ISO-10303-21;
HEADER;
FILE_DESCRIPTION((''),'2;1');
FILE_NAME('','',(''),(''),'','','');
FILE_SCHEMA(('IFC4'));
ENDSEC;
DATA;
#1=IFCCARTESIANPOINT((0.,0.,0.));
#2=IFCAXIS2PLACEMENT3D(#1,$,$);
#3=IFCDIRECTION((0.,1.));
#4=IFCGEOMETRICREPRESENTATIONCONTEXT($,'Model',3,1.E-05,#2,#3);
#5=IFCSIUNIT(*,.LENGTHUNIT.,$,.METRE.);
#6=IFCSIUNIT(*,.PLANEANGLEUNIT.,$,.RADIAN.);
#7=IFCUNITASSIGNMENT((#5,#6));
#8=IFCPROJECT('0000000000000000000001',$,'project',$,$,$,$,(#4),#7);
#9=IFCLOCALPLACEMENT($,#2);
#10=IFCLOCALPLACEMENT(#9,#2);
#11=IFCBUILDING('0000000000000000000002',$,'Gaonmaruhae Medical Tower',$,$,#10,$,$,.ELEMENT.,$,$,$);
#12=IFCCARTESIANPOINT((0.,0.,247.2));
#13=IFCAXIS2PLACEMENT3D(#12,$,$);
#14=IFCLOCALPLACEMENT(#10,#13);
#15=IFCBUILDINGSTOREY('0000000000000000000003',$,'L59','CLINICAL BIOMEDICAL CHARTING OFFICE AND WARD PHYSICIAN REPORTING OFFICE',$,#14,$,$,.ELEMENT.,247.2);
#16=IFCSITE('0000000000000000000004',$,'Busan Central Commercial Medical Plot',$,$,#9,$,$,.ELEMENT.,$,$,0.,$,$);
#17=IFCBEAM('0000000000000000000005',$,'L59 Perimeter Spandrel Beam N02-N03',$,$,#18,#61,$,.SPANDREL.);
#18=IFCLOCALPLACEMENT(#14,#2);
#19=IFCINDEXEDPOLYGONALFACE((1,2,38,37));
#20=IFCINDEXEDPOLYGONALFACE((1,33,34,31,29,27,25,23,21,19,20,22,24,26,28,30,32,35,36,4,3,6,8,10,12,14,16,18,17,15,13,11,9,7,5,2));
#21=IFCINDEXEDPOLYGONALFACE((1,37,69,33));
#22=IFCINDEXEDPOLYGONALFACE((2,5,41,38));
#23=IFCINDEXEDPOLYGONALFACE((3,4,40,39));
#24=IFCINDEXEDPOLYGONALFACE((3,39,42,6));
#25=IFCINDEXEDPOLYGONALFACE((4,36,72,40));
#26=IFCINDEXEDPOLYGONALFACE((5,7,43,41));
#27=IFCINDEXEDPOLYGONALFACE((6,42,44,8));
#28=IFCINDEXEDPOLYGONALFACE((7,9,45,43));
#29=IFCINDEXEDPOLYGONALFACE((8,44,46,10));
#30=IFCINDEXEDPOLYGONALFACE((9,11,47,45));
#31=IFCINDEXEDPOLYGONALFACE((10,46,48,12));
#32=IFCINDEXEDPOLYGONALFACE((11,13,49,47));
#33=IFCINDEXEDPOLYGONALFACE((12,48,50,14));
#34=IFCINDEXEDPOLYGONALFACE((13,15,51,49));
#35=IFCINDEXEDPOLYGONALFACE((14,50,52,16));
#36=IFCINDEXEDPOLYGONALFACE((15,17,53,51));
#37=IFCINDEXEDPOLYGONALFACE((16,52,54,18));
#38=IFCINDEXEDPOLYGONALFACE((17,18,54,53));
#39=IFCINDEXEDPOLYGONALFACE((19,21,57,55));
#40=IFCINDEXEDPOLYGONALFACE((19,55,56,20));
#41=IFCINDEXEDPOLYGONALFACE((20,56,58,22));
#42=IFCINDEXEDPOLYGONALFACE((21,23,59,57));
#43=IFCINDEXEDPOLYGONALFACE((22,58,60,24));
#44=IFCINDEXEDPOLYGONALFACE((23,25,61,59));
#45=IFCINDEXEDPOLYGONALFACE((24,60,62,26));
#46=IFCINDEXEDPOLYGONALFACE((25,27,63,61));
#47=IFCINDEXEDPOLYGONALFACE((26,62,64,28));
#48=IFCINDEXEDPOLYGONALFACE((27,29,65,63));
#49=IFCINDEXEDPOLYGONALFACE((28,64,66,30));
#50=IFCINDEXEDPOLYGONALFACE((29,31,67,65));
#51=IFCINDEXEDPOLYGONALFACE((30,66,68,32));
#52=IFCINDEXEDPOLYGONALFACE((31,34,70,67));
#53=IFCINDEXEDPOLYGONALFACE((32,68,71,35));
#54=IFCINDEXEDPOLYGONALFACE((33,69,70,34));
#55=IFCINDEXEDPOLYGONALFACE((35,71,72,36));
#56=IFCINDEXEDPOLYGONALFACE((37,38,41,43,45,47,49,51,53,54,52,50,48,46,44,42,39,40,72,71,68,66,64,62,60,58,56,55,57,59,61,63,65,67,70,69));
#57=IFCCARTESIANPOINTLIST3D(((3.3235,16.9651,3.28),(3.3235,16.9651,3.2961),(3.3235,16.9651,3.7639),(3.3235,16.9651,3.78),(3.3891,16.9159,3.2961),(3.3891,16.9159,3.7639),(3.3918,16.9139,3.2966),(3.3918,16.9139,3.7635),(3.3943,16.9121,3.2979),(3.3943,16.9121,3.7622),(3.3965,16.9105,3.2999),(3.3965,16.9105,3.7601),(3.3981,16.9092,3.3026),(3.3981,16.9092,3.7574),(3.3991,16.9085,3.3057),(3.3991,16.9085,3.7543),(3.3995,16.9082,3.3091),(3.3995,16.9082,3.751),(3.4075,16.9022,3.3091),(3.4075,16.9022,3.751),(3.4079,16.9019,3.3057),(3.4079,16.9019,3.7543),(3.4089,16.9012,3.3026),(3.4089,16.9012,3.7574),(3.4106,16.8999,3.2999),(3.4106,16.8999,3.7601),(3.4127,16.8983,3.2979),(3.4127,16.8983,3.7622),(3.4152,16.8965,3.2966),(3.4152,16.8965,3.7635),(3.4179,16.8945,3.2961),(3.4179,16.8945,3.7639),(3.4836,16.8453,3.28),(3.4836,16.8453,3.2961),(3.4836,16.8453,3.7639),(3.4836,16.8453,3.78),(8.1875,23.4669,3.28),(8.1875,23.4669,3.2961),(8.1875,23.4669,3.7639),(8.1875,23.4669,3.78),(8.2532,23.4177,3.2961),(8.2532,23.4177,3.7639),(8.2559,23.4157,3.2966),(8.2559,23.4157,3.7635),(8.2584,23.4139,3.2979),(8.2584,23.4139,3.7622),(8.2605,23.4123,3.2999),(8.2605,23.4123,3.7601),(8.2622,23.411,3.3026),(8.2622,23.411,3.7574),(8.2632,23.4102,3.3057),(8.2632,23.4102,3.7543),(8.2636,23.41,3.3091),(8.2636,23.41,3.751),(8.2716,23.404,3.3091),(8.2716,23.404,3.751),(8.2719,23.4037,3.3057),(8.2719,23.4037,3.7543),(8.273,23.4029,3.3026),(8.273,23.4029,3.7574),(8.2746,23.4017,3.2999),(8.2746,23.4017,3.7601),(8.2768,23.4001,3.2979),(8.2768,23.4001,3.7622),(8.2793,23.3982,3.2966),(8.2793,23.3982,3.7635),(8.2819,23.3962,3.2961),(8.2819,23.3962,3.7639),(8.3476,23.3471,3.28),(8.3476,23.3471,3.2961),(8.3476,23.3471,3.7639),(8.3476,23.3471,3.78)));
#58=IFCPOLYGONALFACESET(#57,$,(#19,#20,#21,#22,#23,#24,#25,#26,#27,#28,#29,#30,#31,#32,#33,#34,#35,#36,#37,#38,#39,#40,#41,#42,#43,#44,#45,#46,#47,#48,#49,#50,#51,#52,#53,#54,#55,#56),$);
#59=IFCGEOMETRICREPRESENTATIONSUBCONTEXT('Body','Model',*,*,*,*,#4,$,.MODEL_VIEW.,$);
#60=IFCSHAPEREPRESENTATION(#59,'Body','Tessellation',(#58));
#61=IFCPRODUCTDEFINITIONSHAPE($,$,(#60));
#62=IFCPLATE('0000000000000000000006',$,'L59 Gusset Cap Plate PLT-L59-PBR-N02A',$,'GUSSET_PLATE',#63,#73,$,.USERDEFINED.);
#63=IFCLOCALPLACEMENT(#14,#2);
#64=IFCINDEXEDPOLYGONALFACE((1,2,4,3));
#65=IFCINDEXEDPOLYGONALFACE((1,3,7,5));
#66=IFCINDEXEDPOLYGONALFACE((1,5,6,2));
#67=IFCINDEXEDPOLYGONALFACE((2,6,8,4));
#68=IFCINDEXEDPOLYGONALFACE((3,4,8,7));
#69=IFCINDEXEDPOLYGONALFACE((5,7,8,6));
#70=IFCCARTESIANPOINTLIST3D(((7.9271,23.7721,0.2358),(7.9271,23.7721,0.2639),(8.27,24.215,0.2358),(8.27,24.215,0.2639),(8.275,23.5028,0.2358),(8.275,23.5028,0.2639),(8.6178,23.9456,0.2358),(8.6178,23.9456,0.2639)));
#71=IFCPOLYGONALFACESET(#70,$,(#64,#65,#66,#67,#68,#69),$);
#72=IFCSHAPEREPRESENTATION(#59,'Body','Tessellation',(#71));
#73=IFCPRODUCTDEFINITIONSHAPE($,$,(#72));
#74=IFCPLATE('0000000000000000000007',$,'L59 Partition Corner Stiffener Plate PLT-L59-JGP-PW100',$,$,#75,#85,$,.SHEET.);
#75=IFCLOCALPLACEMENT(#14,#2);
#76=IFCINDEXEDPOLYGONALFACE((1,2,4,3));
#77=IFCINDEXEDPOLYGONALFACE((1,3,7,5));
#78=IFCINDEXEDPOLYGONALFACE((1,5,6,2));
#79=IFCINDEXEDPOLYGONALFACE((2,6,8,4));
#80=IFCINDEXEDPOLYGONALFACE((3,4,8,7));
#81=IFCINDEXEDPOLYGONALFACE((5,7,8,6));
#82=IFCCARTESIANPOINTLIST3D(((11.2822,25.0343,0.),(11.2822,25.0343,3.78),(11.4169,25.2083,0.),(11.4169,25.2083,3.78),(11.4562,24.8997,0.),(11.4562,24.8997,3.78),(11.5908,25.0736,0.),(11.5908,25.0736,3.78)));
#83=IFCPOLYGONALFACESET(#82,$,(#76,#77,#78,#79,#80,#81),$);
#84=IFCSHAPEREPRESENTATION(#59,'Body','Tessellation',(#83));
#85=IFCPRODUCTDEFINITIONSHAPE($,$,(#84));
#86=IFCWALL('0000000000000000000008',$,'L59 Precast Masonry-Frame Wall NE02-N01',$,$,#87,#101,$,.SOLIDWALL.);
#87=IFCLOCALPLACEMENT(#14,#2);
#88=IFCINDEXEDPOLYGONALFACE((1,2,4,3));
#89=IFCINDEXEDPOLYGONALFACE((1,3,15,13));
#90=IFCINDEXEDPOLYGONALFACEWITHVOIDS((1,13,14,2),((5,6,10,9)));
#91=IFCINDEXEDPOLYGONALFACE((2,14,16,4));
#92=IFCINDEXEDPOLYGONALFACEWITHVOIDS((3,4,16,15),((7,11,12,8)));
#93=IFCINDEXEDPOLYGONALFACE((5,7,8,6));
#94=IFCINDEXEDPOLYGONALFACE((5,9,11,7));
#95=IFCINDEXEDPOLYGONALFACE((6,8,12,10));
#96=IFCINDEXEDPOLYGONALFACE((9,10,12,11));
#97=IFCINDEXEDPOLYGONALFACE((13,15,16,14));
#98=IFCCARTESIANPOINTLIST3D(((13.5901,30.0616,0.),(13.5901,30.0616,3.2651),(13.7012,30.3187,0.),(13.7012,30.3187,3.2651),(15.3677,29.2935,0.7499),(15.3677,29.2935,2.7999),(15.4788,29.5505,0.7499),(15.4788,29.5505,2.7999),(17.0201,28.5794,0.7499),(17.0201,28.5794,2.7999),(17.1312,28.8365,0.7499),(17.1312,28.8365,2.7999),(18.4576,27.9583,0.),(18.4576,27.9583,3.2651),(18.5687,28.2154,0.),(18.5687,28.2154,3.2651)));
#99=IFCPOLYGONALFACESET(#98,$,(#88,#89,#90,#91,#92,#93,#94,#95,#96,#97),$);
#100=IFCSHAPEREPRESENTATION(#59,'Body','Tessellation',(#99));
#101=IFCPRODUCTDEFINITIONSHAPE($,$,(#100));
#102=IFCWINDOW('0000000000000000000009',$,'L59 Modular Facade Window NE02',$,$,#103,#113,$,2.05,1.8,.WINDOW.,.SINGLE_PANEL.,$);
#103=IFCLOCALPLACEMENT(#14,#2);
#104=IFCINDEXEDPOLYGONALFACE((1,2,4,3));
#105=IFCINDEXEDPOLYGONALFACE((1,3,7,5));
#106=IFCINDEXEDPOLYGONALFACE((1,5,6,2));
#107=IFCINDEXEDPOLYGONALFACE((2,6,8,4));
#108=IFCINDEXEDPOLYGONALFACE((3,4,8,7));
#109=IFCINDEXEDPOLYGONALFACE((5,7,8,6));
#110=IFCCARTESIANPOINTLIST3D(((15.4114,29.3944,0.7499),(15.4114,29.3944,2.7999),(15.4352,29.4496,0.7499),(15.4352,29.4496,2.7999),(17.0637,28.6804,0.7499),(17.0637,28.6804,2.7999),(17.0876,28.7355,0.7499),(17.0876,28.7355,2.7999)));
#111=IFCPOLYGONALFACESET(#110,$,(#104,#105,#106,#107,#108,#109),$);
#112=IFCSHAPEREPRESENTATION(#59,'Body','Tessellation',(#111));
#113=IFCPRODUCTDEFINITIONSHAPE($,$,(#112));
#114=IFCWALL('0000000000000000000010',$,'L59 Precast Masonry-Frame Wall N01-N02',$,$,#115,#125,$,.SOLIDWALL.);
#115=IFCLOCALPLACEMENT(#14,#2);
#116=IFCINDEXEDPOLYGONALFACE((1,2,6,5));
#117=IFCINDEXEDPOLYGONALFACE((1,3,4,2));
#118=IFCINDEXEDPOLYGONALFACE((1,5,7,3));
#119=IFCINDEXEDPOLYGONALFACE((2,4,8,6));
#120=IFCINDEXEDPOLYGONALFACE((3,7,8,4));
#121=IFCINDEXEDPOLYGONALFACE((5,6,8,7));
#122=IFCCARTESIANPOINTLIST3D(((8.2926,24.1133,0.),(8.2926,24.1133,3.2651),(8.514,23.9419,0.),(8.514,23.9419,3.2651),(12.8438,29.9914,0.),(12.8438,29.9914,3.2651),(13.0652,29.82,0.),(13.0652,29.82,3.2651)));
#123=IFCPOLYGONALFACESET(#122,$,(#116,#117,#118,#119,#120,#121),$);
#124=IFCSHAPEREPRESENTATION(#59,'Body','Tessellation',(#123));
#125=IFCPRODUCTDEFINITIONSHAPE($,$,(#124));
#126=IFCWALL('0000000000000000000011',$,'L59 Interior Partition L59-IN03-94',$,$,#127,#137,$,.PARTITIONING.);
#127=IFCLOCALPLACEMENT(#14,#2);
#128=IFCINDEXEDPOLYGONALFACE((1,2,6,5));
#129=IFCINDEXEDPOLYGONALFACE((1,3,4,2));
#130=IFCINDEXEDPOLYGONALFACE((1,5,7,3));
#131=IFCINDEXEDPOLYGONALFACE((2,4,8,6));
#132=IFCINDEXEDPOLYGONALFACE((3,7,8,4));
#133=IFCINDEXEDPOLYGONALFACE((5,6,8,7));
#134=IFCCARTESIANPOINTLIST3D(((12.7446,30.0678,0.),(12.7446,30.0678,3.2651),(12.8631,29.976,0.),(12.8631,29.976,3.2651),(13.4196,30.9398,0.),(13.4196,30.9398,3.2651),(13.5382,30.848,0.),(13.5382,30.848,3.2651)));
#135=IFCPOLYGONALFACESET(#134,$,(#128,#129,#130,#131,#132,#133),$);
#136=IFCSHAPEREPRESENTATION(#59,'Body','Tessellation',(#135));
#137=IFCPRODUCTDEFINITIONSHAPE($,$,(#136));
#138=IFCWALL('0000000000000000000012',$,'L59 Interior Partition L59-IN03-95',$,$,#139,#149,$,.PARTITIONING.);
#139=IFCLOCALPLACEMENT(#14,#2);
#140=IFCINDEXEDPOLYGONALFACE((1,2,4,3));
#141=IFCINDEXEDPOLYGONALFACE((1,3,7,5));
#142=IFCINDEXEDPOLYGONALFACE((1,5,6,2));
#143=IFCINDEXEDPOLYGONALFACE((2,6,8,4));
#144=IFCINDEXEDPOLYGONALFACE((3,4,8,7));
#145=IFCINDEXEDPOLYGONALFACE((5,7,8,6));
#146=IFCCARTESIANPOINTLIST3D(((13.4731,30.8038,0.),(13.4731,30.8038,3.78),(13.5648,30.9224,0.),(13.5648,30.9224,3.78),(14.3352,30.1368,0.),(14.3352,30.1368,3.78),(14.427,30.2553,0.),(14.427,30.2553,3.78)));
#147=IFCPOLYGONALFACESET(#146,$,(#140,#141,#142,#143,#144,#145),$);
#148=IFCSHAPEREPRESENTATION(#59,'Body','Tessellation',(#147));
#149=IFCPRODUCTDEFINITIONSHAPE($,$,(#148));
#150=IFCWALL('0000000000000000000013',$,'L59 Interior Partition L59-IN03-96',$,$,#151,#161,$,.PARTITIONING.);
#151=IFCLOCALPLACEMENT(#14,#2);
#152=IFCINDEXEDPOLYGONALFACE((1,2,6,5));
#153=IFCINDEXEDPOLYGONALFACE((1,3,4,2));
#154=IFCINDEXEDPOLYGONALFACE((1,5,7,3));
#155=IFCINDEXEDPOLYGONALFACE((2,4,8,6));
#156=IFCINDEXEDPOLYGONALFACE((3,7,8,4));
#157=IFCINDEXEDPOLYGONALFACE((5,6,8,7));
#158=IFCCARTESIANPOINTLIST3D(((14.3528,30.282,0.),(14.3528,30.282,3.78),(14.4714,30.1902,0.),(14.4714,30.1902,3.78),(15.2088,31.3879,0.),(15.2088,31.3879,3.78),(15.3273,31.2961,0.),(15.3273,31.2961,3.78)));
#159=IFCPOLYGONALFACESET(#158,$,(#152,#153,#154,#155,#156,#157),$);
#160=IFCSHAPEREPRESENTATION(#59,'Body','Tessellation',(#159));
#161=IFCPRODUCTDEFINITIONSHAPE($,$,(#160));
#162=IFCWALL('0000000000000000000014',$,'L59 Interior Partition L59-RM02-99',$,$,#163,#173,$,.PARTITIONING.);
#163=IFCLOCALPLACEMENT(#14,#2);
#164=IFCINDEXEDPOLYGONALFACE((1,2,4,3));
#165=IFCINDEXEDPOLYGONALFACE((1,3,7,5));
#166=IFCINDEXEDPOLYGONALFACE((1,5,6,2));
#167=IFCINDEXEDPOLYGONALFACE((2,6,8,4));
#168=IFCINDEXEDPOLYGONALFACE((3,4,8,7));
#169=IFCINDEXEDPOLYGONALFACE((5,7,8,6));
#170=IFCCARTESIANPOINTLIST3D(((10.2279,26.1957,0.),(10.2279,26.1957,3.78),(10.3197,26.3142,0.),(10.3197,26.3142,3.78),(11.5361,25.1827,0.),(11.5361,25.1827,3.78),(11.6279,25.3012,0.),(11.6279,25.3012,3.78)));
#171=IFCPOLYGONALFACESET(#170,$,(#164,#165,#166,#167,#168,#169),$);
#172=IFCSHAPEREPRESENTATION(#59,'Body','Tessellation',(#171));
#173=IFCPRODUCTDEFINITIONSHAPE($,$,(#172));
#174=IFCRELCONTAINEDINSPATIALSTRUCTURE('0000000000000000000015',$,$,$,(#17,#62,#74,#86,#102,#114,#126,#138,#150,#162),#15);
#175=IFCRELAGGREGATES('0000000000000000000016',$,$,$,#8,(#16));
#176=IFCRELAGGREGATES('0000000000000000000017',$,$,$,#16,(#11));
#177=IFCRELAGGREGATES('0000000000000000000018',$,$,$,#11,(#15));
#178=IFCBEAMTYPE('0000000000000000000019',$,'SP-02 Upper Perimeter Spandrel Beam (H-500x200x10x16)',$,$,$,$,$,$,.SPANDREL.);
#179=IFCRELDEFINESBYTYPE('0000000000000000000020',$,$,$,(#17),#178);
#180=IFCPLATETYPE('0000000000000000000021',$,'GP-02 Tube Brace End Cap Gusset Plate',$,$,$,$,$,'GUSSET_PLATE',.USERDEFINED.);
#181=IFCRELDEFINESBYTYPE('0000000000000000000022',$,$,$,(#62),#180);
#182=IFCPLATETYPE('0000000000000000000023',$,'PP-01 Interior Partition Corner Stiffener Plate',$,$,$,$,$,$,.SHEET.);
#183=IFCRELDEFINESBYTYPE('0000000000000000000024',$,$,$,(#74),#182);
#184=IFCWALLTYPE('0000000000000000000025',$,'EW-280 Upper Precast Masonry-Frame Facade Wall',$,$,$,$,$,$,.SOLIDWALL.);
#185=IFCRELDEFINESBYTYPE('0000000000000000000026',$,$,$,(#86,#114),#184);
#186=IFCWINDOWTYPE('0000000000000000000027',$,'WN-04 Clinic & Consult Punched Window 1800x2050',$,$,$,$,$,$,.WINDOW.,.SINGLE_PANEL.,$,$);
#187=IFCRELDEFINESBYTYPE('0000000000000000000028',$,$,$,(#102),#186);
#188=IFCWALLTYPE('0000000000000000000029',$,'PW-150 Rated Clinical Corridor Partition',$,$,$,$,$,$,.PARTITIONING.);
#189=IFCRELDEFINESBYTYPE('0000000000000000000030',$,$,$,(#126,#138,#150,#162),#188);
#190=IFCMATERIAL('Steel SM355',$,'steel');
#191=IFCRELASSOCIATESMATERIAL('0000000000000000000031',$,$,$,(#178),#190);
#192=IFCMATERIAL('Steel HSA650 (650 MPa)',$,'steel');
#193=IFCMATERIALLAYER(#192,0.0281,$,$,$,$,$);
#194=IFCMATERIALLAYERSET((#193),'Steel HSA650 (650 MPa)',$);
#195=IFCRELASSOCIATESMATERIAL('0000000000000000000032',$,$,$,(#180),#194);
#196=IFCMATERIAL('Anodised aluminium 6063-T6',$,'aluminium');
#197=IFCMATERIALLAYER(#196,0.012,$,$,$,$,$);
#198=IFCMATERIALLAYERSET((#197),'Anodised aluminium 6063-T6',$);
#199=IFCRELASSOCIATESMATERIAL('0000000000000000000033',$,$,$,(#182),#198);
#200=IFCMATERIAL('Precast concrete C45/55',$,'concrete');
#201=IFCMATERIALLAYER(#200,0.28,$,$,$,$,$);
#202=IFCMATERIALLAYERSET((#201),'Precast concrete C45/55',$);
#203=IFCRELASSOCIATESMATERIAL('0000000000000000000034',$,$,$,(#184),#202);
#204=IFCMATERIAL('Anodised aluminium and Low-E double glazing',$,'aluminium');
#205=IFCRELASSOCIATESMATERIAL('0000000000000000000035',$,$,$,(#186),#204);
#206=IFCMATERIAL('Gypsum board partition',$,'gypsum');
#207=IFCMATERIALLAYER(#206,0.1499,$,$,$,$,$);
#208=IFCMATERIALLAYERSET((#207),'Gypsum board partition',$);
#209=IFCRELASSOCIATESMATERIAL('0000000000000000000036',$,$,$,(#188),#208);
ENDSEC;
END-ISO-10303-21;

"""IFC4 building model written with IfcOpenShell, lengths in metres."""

from ifc_helpers import new_model, si_unit, direction, frame, frame_2d, origin, origin_2d, place, context, subcontext, project, spatial, rectangle, i_section, extrude, material, layer, layer_set, material_profile, profile_set, type_object, element, fill, save


model = new_model("IFC4")

# Units and contexts
model_context = context("Model", 3, precision=1e-05, world=origin(), true_north=direction((0.0, 1.0)))
body_context = subcontext(model_context, "Body", "Model", "MODEL_VIEW")
ifc_project = project(units=[si_unit("LENGTHUNIT", "METRE"), si_unit("PLANEANGLEUNIT", "RADIAN")], contexts=[model_context])

# Site, building, storey
site_placement = place(None, origin())
site = spatial("IfcSite", under=ifc_project, at=site_placement, Name="Busan Central Commercial Medical Plot", CompositionType="ELEMENT", RefElevation=0.0)
building_placement = place(site_placement, origin())
building = spatial("IfcBuilding", under=site, at=building_placement, Name="Gaonmaruhae Medical Tower", CompositionType="ELEMENT")
storey_placement = place(building_placement, frame((0.0, 0.0, 247.2)))
storey = spatial("IfcBuildingStorey", under=building, at=storey_placement, Name="L59", Description="CLINICAL BIOMEDICAL CHARTING OFFICE AND WARD PHYSICIAN REPORTING OFFICE", CompositionType="ELEMENT", Elevation=247.2)

# Shared definitions
ifc_material_1 = material(Name="Steel SM355", Category="steel")

# Beam
ifc_material_profile_1 = material_profile(ifc_material_1, i_section(OverallWidth=0.2, OverallDepth=0.5, WebThickness=0.01, FlangeThickness=0.0161, FilletRadius=0.0129, at=origin_2d()), Name="H-500x200x10x16")
ifc_profile_set_1 = profile_set([ifc_material_profile_1], Name="Steel SM355")
beam_type_1 = type_object("IfcBeamType", Name="SP-02 Upper Perimeter Spandrel Beam (H-500x200x10x16)", PredefinedType="SPANDREL", material=ifc_profile_set_1)
for number, where, z_axis, x_axis, name in (
    (1, (8.2676, 23.407, 3.53), (-0.599033, -0.800725, 0.0), (0.800725, -0.599033, 0.0), "L59 Perimeter Spandrel Beam N02-N03"),
):
    element("IfcBeam", number, at=place(storey_placement, frame(where, z_axis=z_axis, x_axis=x_axis)), inside=storey, type_object=beam_type_1, Name=name, PredefinedType="SPANDREL", context=body_context, shape_type="SweptSolid", body=[
        extrude(i_section(OverallWidth=0.2, OverallDepth=0.5, WebThickness=0.01, FlangeThickness=0.0161, FilletRadius=0.0129, at=origin_2d()), origin(), (0.0, 0.0, 1.0), 8.1199),
    ])

# Plates
ifc_material_2 = material(Name="Steel HSA650 (650 MPa)", Category="steel")
ifc_layer_1 = layer(ifc_material_2, 0.0281)
ifc_layer_set_1 = layer_set([ifc_layer_1], Name="Steel HSA650 (650 MPa)")
plate_type_1 = type_object("IfcPlateType", Name="GP-02 Tube Brace End Cap Gusset Plate", ElementType="GUSSET_PLATE", PredefinedType="USERDEFINED", material=ifc_layer_set_1)
plate_1_placement = place(storey_placement, frame((8.2725, 23.8589, 0.2358), z_axis=(0.0, 0.0, 1.0), x_axis=(0.612217, 0.79069, 0.0)))
element("IfcPlate", 2, at=plate_1_placement, inside=storey, type_object=plate_type_1, Name="L59 Gusset Cap Plate PLT-L59-PBR-N02A", ObjectType="GUSSET_PLATE", PredefinedType="USERDEFINED", context=body_context, shape_type="SweptSolid", body=[
    extrude(rectangle(XDim=0.5601, YDim=0.4399, at=origin_2d()), origin(), (0.0, 0.0, 1.0), 0.0281),
])
ifc_material_3 = material(Name="Anodised aluminium 6063-T6", Category="aluminium")
ifc_layer_2 = layer(ifc_material_3, 0.012)
ifc_layer_set_2 = layer_set([ifc_layer_2], Name="Anodised aluminium 6063-T6")
plate_type_2 = type_object("IfcPlateType", Name="PP-01 Interior Partition Corner Stiffener Plate", PredefinedType="SHEET", material=ifc_layer_set_2)
plate_2_placement = place(storey_placement, frame((11.4365, 25.054, 0.0), z_axis=(0.0, 0.0, 1.0), x_axis=(-0.612052, -0.790818, 0.0)))
element("IfcPlate", 3, at=plate_2_placement, inside=storey, type_object=plate_type_2, Name="L59 Partition Corner Stiffener Plate PLT-L59-JGP-PW100", PredefinedType="SHEET", context=body_context, shape_type="SweptSolid", body=[
    extrude(rectangle(XDim=0.22, YDim=0.22, at=origin_2d()), origin(), (0.0, 0.0, 1.0), 3.78),
])

# Wall, opening, window
ifc_material_4 = material(Name="Precast concrete C45/55", Category="concrete")
ifc_layer_3 = layer(ifc_material_4, 0.28)
ifc_layer_set_3 = layer_set([ifc_layer_3], Name="Precast concrete C45/55")
wall_type_1 = type_object("IfcWallType", Name="EW-280 Upper Precast Masonry-Frame Facade Wall", PredefinedType="SOLIDWALL", material=ifc_layer_set_3)
wall_1_placement = place(storey_placement, frame((13.6455, 30.1902, 0.0), z_axis=(0.0, 0.0, 1.0), x_axis=(0.917964, -0.396663, 0.0)))
wall_1 = element("IfcWall", 4, at=wall_1_placement, inside=storey, type_object=wall_type_1, Name="L59 Precast Masonry-Frame Wall NE02-N01", PredefinedType="SOLIDWALL", context=body_context, shape_type="SweptSolid", body=[
    extrude(rectangle(XDim=5.3025, YDim=0.28, at=frame_2d((2.6514, 0.0))), origin(), (0.0, 0.0, 1.0), 3.2651),
])
opening_1_placement = place(wall_1_placement, frame((1.9368, 0.0, 0.75)))
opening_1 = element("IfcOpeningElement", 5, at=opening_1_placement, cuts=wall_1, PredefinedType="OPENING", context=body_context, shape_type="SweptSolid", body=[
    extrude(rectangle(XDim=1.8, YDim=2.05, at=frame_2d((0.8999, 1.0249))), frame((0.0, 0.1499, 0.0), z_axis=(0.0, -1.0, 0.0), x_axis=(1.0, 0.0, 0.0)), (0.0, 0.0, 1.0), 0.3),
])
ifc_material_5 = material(Name="Anodised aluminium and Low-E double glazing", Category="aluminium")
window_type = type_object("IfcWindowType", Name="WN-04 Clinic & Consult Punched Window 1800x2050", PartitioningType="SINGLE_PANEL", PredefinedType="WINDOW", material=ifc_material_5)
window_placement = place(opening_1_placement, origin())
window = element("IfcWindow", 6, at=window_placement, inside=storey, type_object=window_type, Name="L59 Modular Facade Window NE02", OverallHeight=2.05, OverallWidth=1.8, PartitioningType="SINGLE_PANEL", PredefinedType="WINDOW", context=body_context, shape_type="SweptSolid", body=[
    extrude(rectangle(XDim=1.8, YDim=2.05, at=frame_2d((0.8999, 1.0249))), frame((0.0, 0.03, 0.0), z_axis=(0.0, -1.0, 0.0), x_axis=(1.0, 0.0, 0.0)), (0.0, 0.0, 1.0), 0.0601),
])
fill(opening_1, window)

# Wall
wall_2_placement = place(storey_placement, frame((8.4033, 24.0276, 0.0), z_axis=(0.0, 0.0, 1.0), x_axis=(0.612209, 0.790696, 0.0)))
element("IfcWall", 7, at=wall_2_placement, inside=storey, type_object=wall_type_1, Name="L59 Precast Masonry-Frame Wall N01-N02", PredefinedType="SOLIDWALL", context=body_context, shape_type="SweptSolid", body=[
    extrude(rectangle(XDim=7.4341, YDim=0.28, at=frame_2d((3.717, 0.0))), origin(), (0.0, 0.0, 1.0), 3.2651),
])

# Shared definitions
ifc_material_6 = material(Name="Gypsum board partition", Category="gypsum")
ifc_layer_4 = layer(ifc_material_6, 0.1499)
ifc_layer_set_4 = layer_set([ifc_layer_4], Name="Gypsum board partition")
wall_type_2 = type_object("IfcWallType", Name="PW-150 Rated Clinical Corridor Partition", PredefinedType="PARTITIONING", material=ifc_layer_set_4)

# Walls
wall_3_placement = place(storey_placement, frame((12.804, 30.022, 0.0), z_axis=(0.0, 0.0, 1.0), x_axis=(0.612115, 0.790769, 0.0)))
element("IfcWall", 8, at=wall_3_placement, inside=storey, type_object=wall_type_2, Name="L59 Interior Partition L59-IN03-94", PredefinedType="PARTITIONING", context=body_context, shape_type="SweptSolid", body=[
    extrude(rectangle(XDim=1.1028, YDim=0.1499, at=frame_2d((0.5513, 0.0))), origin(), (0.0, 0.0, 1.0), 3.2651),
])
wall_4_placement = place(storey_placement, frame((13.519, 30.863, 0.0), z_axis=(0.0, 0.0, 1.0), x_axis=(0.790906, -0.611938, 0.0)))
element("IfcWall", 9, at=wall_4_placement, inside=storey, type_object=wall_type_2, Name="L59 Interior Partition L59-IN03-95", PredefinedType="PARTITIONING", context=body_context, shape_type="SweptSolid", body=[
    extrude(rectangle(XDim=1.0901, YDim=0.1499, at=frame_2d((0.5449, 0.0))), origin(), (0.0, 0.0, 1.0), 3.78),
])
wall_5_placement = place(storey_placement, frame((14.4121, 30.2361, 0.0), z_axis=(0.0, 0.0, 1.0), x_axis=(0.612053, 0.790816, 0.0)))
element("IfcWall", 10, at=wall_5_placement, inside=storey, type_object=wall_type_2, Name="L59 Interior Partition L59-IN03-96", PredefinedType="PARTITIONING", context=body_context, shape_type="SweptSolid", body=[
    extrude(rectangle(XDim=1.3984, YDim=0.1499, at=frame_2d((0.6992, 0.0))), origin(), (0.0, 0.0, 1.0), 3.78),
])
wall_6_placement = place(storey_placement, frame((10.2739, 26.2549, 0.0), z_axis=(0.0, 0.0, 1.0), x_axis=(0.790661, -0.612254, 0.0)))
element("IfcWall", 11, at=wall_6_placement, inside=storey, type_object=wall_type_2, Name="L59 Interior Partition L59-RM02-99", PredefinedType="PARTITIONING", context=body_context, shape_type="SweptSolid", body=[
    extrude(rectangle(XDim=1.6545, YDim=0.1499, at=frame_2d((0.8271, 0.0))), origin(), (0.0, 0.0, 1.0), 3.78),
])

save(model, "model.ifc")
